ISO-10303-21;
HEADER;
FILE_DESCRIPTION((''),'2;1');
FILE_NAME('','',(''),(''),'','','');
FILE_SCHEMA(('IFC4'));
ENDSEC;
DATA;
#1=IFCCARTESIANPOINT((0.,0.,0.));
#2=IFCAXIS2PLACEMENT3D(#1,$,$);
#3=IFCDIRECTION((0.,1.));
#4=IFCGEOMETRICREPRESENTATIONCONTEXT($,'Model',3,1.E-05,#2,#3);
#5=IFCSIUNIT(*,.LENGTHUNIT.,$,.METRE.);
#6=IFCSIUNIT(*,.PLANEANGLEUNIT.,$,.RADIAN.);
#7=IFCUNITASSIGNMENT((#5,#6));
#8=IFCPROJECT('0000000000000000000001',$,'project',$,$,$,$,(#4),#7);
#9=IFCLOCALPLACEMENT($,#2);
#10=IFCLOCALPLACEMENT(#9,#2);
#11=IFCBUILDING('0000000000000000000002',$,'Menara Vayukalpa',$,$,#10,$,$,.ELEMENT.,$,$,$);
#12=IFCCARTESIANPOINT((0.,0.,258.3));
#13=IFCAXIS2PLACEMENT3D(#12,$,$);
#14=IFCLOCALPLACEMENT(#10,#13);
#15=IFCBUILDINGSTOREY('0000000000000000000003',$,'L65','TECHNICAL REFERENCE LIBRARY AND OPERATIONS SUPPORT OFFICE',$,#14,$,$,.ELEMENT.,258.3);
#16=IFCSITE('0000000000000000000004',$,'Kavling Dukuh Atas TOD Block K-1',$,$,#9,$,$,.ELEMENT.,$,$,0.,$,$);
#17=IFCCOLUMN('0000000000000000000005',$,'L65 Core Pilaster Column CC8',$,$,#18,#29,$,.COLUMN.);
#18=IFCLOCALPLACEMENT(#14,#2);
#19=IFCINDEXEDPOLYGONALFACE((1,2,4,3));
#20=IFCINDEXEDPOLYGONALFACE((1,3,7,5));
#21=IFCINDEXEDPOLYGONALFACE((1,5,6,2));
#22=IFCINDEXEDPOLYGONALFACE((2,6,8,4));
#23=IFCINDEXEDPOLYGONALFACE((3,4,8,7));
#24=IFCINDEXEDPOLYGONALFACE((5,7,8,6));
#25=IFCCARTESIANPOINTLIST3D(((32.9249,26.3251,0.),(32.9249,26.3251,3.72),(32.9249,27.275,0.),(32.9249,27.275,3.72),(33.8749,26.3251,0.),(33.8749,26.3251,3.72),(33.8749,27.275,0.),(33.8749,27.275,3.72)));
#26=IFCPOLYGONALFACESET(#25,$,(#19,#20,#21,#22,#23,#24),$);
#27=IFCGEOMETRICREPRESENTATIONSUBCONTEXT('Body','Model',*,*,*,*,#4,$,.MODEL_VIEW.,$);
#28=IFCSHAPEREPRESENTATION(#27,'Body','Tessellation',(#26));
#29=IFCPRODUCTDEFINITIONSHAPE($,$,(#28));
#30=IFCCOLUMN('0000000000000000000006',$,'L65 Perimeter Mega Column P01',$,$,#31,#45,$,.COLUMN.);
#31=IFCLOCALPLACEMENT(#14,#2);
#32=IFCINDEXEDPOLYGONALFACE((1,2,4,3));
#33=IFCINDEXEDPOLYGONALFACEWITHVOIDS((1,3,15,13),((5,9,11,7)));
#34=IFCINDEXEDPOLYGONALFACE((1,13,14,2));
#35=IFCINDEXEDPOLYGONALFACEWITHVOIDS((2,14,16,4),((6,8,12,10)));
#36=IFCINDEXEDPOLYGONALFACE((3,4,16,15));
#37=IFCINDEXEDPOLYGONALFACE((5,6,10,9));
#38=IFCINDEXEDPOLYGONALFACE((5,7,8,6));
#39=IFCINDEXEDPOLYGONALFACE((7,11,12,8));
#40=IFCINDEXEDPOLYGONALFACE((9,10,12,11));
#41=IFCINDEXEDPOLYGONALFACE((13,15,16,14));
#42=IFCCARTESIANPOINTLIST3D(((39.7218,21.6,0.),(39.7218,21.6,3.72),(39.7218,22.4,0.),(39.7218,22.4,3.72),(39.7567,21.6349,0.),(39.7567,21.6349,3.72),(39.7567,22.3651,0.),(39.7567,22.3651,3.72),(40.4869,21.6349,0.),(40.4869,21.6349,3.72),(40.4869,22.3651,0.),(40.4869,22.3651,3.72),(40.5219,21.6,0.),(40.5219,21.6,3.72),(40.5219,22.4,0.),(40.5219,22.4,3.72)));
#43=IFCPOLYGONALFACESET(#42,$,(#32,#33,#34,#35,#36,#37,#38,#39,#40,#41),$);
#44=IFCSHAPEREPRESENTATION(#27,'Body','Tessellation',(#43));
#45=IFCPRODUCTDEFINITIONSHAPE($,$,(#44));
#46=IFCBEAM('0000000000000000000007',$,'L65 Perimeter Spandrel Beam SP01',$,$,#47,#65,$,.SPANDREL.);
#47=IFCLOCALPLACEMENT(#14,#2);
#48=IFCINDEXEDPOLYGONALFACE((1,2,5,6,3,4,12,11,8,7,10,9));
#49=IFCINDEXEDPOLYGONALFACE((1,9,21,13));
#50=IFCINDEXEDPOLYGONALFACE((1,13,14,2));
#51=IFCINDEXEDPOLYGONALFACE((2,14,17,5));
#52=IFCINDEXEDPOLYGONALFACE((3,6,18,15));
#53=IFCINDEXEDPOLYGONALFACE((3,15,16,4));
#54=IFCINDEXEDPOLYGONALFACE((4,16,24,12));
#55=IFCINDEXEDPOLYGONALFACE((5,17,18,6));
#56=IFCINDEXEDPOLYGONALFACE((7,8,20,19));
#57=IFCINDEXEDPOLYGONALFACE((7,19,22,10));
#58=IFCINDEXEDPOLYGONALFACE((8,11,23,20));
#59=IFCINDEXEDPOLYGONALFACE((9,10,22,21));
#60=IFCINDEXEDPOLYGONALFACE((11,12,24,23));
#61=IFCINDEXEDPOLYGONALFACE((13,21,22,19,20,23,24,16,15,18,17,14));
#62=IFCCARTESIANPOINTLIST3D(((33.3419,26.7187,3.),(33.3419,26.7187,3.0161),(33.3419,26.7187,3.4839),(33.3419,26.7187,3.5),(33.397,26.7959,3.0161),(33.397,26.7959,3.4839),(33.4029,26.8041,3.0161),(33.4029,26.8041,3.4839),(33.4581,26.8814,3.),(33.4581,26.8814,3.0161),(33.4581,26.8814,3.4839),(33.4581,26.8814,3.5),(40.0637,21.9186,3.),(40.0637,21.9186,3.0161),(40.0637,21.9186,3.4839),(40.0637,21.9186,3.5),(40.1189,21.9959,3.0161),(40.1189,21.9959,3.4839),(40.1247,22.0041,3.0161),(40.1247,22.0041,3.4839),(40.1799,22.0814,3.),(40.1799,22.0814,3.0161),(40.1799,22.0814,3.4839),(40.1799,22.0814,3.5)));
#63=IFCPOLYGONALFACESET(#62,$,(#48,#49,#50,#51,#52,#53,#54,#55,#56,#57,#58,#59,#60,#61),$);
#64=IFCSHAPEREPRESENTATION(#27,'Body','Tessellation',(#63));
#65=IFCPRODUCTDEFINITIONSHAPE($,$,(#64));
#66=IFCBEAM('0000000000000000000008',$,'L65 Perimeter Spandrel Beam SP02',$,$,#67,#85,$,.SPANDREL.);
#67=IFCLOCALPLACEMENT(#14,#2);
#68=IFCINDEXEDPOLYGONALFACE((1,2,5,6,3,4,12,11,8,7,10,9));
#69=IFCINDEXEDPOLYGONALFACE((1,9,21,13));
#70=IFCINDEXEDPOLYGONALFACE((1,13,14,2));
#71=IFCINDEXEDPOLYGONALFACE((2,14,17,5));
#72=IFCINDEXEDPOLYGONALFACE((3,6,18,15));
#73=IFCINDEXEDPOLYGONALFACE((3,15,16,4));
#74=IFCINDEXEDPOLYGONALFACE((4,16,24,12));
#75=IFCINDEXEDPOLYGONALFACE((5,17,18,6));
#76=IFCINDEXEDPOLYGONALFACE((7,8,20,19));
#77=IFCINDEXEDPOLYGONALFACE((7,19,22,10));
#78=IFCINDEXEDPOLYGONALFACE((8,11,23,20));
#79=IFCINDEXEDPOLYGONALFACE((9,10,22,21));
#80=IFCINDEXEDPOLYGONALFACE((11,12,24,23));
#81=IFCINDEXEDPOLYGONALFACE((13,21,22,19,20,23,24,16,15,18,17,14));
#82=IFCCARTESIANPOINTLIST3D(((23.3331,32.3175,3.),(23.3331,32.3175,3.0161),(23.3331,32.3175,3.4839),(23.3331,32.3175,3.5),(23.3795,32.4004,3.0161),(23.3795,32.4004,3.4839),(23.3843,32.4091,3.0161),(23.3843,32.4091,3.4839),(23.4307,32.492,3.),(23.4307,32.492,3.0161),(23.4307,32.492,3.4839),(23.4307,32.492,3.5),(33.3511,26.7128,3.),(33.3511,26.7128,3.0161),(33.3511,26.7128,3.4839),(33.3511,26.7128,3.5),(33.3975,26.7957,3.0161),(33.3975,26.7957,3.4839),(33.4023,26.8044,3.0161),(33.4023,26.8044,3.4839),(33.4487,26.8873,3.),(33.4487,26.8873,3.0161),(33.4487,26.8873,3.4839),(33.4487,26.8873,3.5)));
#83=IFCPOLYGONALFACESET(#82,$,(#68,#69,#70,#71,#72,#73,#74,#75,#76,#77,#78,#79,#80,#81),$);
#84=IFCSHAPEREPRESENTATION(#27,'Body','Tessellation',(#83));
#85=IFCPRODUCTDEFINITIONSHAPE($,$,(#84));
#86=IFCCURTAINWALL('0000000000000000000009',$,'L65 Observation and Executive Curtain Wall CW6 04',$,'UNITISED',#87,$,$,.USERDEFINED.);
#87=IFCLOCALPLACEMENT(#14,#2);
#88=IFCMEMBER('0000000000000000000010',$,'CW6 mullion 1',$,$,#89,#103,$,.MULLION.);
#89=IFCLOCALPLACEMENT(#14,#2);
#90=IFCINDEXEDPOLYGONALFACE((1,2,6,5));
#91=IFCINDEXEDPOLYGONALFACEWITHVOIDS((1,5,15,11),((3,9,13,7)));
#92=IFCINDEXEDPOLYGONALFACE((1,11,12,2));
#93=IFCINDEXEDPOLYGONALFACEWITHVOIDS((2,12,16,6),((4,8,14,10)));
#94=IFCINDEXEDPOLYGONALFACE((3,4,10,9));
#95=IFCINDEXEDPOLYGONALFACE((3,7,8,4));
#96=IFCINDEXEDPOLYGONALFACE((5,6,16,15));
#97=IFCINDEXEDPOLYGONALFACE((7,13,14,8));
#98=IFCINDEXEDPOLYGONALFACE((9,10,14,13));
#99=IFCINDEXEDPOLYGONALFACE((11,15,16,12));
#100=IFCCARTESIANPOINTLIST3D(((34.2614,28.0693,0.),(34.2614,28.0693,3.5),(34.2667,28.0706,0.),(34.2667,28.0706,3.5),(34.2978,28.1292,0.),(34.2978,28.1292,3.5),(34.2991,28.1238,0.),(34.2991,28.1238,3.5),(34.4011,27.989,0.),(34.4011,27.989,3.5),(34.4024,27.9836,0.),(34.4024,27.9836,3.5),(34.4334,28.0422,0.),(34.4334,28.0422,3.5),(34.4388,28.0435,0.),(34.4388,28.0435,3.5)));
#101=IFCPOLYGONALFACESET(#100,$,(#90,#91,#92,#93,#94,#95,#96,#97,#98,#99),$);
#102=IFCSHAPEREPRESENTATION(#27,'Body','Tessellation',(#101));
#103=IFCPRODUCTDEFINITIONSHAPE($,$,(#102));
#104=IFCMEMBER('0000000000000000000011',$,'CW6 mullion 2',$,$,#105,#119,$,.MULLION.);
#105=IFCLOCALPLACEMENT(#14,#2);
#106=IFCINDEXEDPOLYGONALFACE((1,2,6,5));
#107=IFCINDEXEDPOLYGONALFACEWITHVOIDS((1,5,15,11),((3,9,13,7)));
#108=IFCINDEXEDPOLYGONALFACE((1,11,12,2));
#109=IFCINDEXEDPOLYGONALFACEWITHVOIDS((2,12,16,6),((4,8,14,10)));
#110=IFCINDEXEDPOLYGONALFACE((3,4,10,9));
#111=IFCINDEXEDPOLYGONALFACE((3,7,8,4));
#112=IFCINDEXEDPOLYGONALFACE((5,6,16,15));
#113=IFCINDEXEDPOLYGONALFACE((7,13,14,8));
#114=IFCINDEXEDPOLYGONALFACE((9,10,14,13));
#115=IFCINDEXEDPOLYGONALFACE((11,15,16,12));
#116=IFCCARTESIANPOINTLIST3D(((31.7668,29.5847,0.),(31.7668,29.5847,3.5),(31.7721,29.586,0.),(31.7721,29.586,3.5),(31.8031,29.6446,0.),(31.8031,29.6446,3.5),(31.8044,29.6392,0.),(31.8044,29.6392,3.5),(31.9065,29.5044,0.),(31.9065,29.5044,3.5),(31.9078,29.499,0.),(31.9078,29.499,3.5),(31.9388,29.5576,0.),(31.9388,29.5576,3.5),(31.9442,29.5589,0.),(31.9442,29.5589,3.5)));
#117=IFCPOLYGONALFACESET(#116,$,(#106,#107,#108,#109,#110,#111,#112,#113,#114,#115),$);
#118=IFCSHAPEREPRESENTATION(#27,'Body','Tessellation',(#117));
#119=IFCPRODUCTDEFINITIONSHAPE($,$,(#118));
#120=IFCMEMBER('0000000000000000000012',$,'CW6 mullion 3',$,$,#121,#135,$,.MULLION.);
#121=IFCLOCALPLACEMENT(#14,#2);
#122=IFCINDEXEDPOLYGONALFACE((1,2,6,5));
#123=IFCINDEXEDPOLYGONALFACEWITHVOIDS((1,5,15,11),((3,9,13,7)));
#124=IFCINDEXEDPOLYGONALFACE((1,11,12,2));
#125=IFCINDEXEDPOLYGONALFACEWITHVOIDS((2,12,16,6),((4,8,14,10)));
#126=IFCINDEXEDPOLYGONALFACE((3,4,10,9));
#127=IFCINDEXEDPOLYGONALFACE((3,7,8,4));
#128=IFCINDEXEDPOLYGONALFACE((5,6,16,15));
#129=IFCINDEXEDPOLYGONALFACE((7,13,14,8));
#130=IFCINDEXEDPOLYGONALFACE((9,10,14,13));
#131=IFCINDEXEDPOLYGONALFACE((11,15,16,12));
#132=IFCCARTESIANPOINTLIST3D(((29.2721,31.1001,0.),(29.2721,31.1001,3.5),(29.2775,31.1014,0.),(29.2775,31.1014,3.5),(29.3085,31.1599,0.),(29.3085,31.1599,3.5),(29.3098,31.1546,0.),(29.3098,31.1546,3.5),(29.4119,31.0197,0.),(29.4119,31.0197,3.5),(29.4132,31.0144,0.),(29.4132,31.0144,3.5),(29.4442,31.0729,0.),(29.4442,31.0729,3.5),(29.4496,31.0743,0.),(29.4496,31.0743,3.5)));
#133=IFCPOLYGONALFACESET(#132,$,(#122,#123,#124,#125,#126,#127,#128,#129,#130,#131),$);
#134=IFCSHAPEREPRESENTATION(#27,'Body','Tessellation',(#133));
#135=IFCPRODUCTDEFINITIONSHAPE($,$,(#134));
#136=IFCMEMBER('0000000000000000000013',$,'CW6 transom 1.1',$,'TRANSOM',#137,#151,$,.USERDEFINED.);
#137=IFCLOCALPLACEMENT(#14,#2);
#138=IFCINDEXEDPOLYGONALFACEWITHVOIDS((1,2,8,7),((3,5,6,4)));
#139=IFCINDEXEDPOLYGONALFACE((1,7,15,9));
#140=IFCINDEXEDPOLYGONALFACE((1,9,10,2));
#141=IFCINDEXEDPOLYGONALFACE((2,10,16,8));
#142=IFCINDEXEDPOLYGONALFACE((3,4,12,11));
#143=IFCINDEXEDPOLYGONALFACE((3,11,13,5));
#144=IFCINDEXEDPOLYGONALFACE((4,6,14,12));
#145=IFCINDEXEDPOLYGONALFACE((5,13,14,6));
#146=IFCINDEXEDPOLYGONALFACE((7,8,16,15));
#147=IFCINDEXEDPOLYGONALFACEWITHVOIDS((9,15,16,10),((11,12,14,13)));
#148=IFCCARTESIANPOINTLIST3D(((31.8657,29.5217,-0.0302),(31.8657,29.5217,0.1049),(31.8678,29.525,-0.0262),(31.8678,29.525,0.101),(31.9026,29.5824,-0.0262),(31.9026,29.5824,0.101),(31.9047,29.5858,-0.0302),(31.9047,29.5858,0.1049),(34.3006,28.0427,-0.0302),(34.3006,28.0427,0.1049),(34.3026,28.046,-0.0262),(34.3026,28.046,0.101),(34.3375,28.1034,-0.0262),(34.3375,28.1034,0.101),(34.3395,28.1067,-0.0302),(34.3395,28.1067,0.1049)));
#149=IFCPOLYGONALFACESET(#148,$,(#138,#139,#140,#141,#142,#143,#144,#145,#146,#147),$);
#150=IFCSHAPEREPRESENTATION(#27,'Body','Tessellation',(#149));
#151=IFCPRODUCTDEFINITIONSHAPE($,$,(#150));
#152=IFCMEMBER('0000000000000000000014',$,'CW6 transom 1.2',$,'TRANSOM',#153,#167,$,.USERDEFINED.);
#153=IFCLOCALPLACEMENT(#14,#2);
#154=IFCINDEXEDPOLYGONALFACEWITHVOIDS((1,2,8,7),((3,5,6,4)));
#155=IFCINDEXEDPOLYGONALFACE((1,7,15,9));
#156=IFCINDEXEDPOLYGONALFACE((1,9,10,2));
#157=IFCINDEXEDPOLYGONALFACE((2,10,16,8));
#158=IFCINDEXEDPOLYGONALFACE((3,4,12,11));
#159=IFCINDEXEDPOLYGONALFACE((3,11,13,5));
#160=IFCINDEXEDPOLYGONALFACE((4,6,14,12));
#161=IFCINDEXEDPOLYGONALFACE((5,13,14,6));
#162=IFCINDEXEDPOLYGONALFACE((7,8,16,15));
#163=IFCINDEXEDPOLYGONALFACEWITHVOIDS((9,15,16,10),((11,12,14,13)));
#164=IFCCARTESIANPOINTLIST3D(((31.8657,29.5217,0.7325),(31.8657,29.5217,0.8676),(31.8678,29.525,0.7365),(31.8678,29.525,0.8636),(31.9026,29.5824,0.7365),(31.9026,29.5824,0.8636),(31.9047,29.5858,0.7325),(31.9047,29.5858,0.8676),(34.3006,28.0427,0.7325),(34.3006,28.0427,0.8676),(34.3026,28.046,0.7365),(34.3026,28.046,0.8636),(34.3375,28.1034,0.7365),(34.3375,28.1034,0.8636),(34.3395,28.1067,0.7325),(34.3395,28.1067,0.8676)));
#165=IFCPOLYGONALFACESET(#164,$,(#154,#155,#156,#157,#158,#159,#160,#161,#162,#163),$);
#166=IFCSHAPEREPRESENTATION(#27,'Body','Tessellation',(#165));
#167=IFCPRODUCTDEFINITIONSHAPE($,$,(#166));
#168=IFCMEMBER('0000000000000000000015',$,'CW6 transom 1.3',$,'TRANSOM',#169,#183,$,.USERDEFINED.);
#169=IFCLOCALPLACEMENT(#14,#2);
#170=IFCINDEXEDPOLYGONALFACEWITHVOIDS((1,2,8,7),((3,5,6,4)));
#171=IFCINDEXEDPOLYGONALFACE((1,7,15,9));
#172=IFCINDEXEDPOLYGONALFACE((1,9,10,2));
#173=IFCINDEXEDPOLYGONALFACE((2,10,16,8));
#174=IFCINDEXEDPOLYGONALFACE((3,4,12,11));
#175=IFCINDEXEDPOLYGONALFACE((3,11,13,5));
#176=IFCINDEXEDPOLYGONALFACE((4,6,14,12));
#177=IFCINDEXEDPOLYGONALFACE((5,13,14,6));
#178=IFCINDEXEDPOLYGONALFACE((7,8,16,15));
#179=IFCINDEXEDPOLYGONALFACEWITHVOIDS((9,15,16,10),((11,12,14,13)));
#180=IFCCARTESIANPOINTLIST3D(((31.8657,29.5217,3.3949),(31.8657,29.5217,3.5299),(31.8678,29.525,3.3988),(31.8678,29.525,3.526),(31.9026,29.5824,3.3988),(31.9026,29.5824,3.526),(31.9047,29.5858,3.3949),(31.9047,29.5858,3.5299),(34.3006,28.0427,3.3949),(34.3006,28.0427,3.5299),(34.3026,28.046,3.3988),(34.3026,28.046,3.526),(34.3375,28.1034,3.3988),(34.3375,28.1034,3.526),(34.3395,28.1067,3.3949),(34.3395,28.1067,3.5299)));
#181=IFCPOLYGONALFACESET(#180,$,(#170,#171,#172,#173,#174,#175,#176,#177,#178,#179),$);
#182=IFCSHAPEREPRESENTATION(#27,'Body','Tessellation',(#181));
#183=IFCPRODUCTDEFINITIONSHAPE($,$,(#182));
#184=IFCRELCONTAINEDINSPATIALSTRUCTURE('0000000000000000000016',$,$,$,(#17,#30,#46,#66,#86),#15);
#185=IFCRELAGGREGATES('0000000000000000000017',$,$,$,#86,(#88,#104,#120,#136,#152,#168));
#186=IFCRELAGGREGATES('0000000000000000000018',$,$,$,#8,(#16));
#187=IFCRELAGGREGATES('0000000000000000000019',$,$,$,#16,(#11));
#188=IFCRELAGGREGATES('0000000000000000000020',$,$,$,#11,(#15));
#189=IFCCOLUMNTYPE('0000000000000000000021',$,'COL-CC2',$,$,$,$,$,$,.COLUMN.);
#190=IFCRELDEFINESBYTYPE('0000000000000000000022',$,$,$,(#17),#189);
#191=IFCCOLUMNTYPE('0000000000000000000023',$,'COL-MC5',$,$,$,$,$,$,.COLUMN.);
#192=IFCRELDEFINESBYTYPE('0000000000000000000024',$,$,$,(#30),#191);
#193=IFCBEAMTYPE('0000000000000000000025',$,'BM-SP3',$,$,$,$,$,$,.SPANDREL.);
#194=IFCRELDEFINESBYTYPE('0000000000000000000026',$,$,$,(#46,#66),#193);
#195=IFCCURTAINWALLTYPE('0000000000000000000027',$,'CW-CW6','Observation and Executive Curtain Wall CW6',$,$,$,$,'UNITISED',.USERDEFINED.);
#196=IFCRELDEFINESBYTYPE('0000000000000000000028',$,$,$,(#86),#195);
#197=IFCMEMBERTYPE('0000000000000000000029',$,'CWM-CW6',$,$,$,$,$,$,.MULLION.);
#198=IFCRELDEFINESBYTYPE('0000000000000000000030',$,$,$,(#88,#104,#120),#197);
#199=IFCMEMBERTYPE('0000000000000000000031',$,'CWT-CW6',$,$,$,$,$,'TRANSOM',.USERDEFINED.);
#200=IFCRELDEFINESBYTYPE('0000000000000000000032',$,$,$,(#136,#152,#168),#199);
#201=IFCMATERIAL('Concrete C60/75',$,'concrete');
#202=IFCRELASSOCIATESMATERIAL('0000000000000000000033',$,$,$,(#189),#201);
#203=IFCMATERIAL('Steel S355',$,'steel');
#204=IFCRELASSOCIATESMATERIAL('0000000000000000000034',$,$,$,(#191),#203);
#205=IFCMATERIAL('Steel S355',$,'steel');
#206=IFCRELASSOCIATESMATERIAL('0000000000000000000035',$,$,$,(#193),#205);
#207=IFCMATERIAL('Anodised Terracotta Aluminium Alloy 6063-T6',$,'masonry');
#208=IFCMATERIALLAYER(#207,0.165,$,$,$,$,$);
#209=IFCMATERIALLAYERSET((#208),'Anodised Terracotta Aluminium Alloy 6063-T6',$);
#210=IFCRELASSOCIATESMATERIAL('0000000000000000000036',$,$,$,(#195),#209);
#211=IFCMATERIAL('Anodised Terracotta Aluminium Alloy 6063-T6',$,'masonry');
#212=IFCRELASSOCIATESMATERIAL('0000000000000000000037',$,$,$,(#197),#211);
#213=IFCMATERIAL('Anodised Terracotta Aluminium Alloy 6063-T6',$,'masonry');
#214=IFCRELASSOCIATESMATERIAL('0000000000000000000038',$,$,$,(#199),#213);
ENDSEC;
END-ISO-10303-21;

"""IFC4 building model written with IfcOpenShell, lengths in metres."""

from ifc_helpers import new_model, si_unit, direction, frame, origin, origin_2d, place, context, subcontext, project, spatial, rectangle, hollow_rectangle, i_section, extrude, material, layer, layer_set, material_profile, profile_set, type_object, element, aggregate, save


model = new_model("IFC4")

# Units and contexts
model_context = context("Model", 3, precision=1e-05, world=origin(), true_north=direction((0.0, 1.0)))
body_context = subcontext(model_context, "Body", "Model", "MODEL_VIEW")
ifc_project = project(units=[si_unit("LENGTHUNIT", "METRE"), si_unit("PLANEANGLEUNIT", "RADIAN")], contexts=[model_context])

# Site, building, storey
site_placement = place(None, origin())
site = spatial("IfcSite", under=ifc_project, at=site_placement, Name="Kavling Dukuh Atas TOD Block K-1", CompositionType="ELEMENT", RefElevation=0.0)
building_placement = place(site_placement, origin())
building = spatial("IfcBuilding", under=site, at=building_placement, Name="Menara Vayukalpa", CompositionType="ELEMENT")
storey_placement = place(building_placement, frame((0.0, 0.0, 258.3)))
storey = spatial("IfcBuildingStorey", under=building, at=storey_placement, Name="L65", Description="TECHNICAL REFERENCE LIBRARY AND OPERATIONS SUPPORT OFFICE", CompositionType="ELEMENT", Elevation=258.3)

# Columns
ifc_material_1 = material(Name="Concrete C60/75", Category="concrete")
ifc_material_profile_1 = material_profile(ifc_material_1, rectangle(XDim=0.95, YDim=0.95, at=origin_2d()), Name="RC 950x950")
ifc_profile_set_1 = profile_set([ifc_material_profile_1], Name="Concrete C60/75")
column_type_1 = type_object("IfcColumnType", Name="COL-CC2", PredefinedType="COLUMN", material=ifc_profile_set_1)
column_1_placement = place(storey_placement, frame((33.3999, 26.8, 0.0), z_axis=(0.0, 0.0, 1.0), x_axis=(1.0, 0.0, 0.0)))
element("IfcColumn", 1, at=column_1_placement, inside=storey, type_object=column_type_1, Name="L65 Core Pilaster Column CC8", PredefinedType="COLUMN", context=body_context, shape_type="SweptSolid", body=[
    extrude(rectangle(XDim=0.95, YDim=0.95, at=origin_2d()), origin(), (0.0, 0.0, 1.0), 3.72),
])
ifc_material_2 = material(Name="Steel S355", Category="steel")
ifc_material_profile_2 = material_profile(ifc_material_2, hollow_rectangle(XDim=0.8, YDim=0.8, WallThickness=0.0349, at=origin_2d()), Name="BOX 800x800x35")
ifc_profile_set_2 = profile_set([ifc_material_profile_2], Name="Steel S355")
column_type_2 = type_object("IfcColumnType", Name="COL-MC5", PredefinedType="COLUMN", material=ifc_profile_set_2)
column_2_placement = place(storey_placement, frame((40.1218, 22.0, 0.0), z_axis=(0.0, 0.0, 1.0), x_axis=(1.0, 0.0, 0.0)))
element("IfcColumn", 2, at=column_2_placement, inside=storey, type_object=column_type_2, Name="L65 Perimeter Mega Column P01", PredefinedType="COLUMN", context=body_context, shape_type="SweptSolid", body=[
    extrude(hollow_rectangle(XDim=0.8, YDim=0.8, WallThickness=0.0349, at=origin_2d()), origin(), (0.0, 0.0, 1.0), 3.72),
])

# Beams
ifc_material_3 = material(Name="Steel S355", Category="steel")
ifc_material_profile_3 = material_profile(ifc_material_3, i_section(OverallWidth=0.2, OverallDepth=0.5, WebThickness=0.01, FlangeThickness=0.0161, at=origin_2d()), Name="WF 500x200x10x16")
ifc_profile_set_3 = profile_set([ifc_material_profile_3], Name="Steel S355")
beam_type = type_object("IfcBeamType", Name="BM-SP3", PredefinedType="SPANDREL", material=ifc_profile_set_3)
beam_1_placement = place(storey_placement, frame((40.1218, 22.0, 3.25), z_axis=(-0.813809, 0.581132, 0.0), x_axis=(-0.581132, -0.813809, 0.0)))
element("IfcBeam", 3, at=beam_1_placement, inside=storey, type_object=beam_type, Name="L65 Perimeter Spandrel Beam SP01", PredefinedType="SPANDREL", context=body_context, shape_type="SweptSolid", body=[
    extrude(i_section(OverallWidth=0.2, OverallDepth=0.5, WebThickness=0.01, FlangeThickness=0.0161, at=origin_2d()), origin(), (0.0, 0.0, 1.0), 8.2598),
])
beam_2_placement = place(storey_placement, frame((33.3999, 26.8, 3.25), z_axis=(-0.872706, 0.488246, 0.0), x_axis=(-0.488246, -0.872706, 0.0)))
element("IfcBeam", 4, at=beam_2_placement, inside=storey, type_object=beam_type, Name="L65 Perimeter Spandrel Beam SP02", PredefinedType="SPANDREL", context=body_context, shape_type="SweptSolid", body=[
    extrude(i_section(OverallWidth=0.2, OverallDepth=0.5, WebThickness=0.01, FlangeThickness=0.0161, at=origin_2d()), origin(), (0.0, 0.0, 1.0), 11.4792),
])

# Curtain wall, members
ifc_material_4 = material(Name="Anodised Terracotta Aluminium Alloy 6063-T6", Category="masonry")
ifc_layer_1 = layer(ifc_material_4, 0.165)
ifc_layer_set_1 = layer_set([ifc_layer_1], Name="Anodised Terracotta Aluminium Alloy 6063-T6")
curtain_wall_type = type_object("IfcCurtainWallType", Name="CW-CW6", Description="Observation and Executive Curtain Wall CW6", ElementType="UNITISED", PredefinedType="USERDEFINED", material=ifc_layer_set_1)
curtain_wall_placement = place(storey_placement, origin())
curtain_wall = element("IfcCurtainWall", 5, at=curtain_wall_placement, inside=storey, type_object=curtain_wall_type, Name="L65 Observation and Executive Curtain Wall CW6 04", ObjectType="UNITISED", PredefinedType="USERDEFINED")
ifc_material_5 = material(Name="Anodised Terracotta Aluminium Alloy 6063-T6", Category="masonry")
ifc_material_profile_4 = material_profile(ifc_material_5, hollow_rectangle(XDim=0.0701, YDim=0.165, WallThickness=0.0039, at=origin_2d()), Name="ALU 70x165x4")
ifc_profile_set_4 = profile_set([ifc_material_profile_4], Name="Anodised Terracotta Aluminium Alloy 6063-T6")
member_type_1 = type_object("IfcMemberType", Name="CWM-CW6", PredefinedType="MULLION", material=ifc_profile_set_4)
member_1_placement = place(storey_placement, frame((34.3501, 28.0564, 0.0), z_axis=(0.0, 0.0, 1.0), x_axis=(-0.519176, -0.854668, 0.0)))
member_1 = element("IfcMember", 6, at=member_1_placement, type_object=member_type_1, Name="CW6 mullion 1", PredefinedType="MULLION", context=body_context, shape_type="SweptSolid", body=[
    extrude(hollow_rectangle(XDim=0.0701, YDim=0.165, WallThickness=0.0039, at=origin_2d()), origin(), (0.0, 0.0, 1.0), 3.5),
])
member_2_placement = place(storey_placement, frame((31.8555, 29.5718, 0.0), z_axis=(0.0, 0.0, 1.0), x_axis=(-0.519176, -0.854668, 0.0)))
member_2 = element("IfcMember", 7, at=member_2_placement, type_object=member_type_1, Name="CW6 mullion 2", PredefinedType="MULLION", context=body_context, shape_type="SweptSolid", body=[
    extrude(hollow_rectangle(XDim=0.0701, YDim=0.165, WallThickness=0.0039, at=origin_2d()), origin(), (0.0, 0.0, 1.0), 3.5),
])
member_3_placement = place(storey_placement, frame((29.3608, 31.0872, 0.0), z_axis=(0.0, 0.0, 1.0), x_axis=(-0.519176, -0.854668, 0.0)))
member_3 = element("IfcMember", 8, at=member_3_placement, type_object=member_type_1, Name="CW6 mullion 3", PredefinedType="MULLION", context=body_context, shape_type="SweptSolid", body=[
    extrude(hollow_rectangle(XDim=0.0701, YDim=0.165, WallThickness=0.0039, at=origin_2d()), origin(), (0.0, 0.0, 1.0), 3.5),
])
ifc_material_6 = material(Name="Anodised Terracotta Aluminium Alloy 6063-T6", Category="masonry")
ifc_material_profile_5 = material_profile(ifc_material_6, hollow_rectangle(XDim=0.075, YDim=0.135, WallThickness=0.0039, at=origin_2d()), Name="ALU 75x135x4")
ifc_profile_set_5 = profile_set([ifc_material_profile_5], Name="Anodised Terracotta Aluminium Alloy 6063-T6")
member_type_2 = type_object("IfcMemberType", Name="CWT-CW6", ElementType="TRANSOM", PredefinedType="USERDEFINED", material=ifc_profile_set_5)
member_4_placement = place(storey_placement, frame((34.3201, 28.0747, 0.0374), z_axis=(-0.854675, 0.519164, 0.0), x_axis=(-0.519164, -0.854675, 0.0)))
member_4 = element("IfcMember", 9, at=member_4_placement, type_object=member_type_2, Name="CW6 transom 1.1", ObjectType="TRANSOM", PredefinedType="USERDEFINED", context=body_context, shape_type="SweptSolid", body=[
    extrude(hollow_rectangle(XDim=0.075, YDim=0.135, WallThickness=0.0039, at=origin_2d()), origin(), (0.0, 0.0, 1.0), 2.8489),
])
member_5_placement = place(storey_placement, frame((34.3201, 28.0747, 0.8), z_axis=(-0.854675, 0.519164, 0.0), x_axis=(-0.519164, -0.854675, 0.0)))
member_5 = element("IfcMember", 10, at=member_5_placement, type_object=member_type_2, Name="CW6 transom 1.2", ObjectType="TRANSOM", PredefinedType="USERDEFINED", context=body_context, shape_type="SweptSolid", body=[
    extrude(hollow_rectangle(XDim=0.075, YDim=0.135, WallThickness=0.0039, at=origin_2d()), origin(), (0.0, 0.0, 1.0), 2.8489),
])
member_6_placement = place(storey_placement, frame((34.3201, 28.0747, 3.4624), z_axis=(-0.854675, 0.519164, 0.0), x_axis=(-0.519164, -0.854675, 0.0)))
member_6 = element("IfcMember", 11, at=member_6_placement, type_object=member_type_2, Name="CW6 transom 1.3", ObjectType="TRANSOM", PredefinedType="USERDEFINED", context=body_context, shape_type="SweptSolid", body=[
    extrude(hollow_rectangle(XDim=0.075, YDim=0.135, WallThickness=0.0039, at=origin_2d()), origin(), (0.0, 0.0, 1.0), 2.8489),
])
aggregate(curtain_wall, [member_1, member_2, member_3, member_4, member_5, member_6])

save(model, "model.ifc")
